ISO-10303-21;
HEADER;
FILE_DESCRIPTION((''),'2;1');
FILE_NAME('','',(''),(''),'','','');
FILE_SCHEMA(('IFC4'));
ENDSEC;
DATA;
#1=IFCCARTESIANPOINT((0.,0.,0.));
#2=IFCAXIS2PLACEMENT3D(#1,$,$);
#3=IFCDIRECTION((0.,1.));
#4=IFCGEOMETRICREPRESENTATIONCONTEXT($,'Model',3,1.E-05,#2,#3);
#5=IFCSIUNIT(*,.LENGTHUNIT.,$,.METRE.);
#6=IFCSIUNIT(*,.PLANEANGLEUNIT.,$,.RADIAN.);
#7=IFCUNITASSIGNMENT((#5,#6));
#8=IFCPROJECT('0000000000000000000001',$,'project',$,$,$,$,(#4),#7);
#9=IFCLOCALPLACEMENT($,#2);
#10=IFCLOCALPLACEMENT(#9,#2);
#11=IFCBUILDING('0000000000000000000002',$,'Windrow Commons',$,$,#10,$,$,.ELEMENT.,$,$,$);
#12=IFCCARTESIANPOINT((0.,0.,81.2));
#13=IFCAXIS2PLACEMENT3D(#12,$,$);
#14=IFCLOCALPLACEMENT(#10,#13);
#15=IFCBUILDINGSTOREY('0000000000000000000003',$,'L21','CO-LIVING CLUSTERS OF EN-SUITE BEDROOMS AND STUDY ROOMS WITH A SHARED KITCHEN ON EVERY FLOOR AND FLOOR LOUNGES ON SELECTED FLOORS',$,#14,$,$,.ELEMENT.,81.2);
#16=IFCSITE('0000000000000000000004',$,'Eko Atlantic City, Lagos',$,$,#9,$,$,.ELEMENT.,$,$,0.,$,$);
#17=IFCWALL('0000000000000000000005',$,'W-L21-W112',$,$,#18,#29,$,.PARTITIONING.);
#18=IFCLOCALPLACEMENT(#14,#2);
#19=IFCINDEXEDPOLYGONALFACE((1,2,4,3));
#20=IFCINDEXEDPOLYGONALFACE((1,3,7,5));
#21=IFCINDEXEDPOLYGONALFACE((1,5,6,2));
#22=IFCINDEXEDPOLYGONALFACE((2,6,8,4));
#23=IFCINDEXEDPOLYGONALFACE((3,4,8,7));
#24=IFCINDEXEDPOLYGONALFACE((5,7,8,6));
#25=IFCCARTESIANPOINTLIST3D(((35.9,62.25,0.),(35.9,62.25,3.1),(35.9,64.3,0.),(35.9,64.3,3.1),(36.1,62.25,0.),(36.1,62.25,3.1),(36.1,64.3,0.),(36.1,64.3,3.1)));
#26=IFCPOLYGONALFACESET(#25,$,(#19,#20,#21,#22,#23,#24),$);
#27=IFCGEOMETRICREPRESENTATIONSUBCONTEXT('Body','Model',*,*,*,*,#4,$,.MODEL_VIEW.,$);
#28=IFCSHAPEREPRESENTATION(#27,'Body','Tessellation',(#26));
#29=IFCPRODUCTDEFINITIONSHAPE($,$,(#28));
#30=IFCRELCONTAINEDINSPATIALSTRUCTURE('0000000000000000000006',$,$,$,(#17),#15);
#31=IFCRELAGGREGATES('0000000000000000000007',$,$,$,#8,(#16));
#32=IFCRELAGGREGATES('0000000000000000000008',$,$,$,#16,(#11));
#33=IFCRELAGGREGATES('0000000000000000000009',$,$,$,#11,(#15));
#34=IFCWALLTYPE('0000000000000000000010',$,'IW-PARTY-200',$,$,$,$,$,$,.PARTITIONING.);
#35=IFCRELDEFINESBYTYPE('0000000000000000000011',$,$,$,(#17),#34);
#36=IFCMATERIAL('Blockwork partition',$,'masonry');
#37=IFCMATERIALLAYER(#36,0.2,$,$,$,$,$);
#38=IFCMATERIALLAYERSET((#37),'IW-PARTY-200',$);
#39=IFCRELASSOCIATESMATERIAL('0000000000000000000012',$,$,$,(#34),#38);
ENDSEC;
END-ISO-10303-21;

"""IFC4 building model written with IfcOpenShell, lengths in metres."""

from ifc_helpers import new_model, si_unit, direction, frame, frame_2d, origin, place, context, subcontext, project, spatial, rectangle, extrude, material, layer, layer_set, type_object, element, save


model = new_model("IFC4")

# Units and contexts
model_context = context("Model", 3, precision=1e-05, world=origin(), true_north=direction((0.0, 1.0)))
body_context = subcontext(model_context, "Body", "Model", "MODEL_VIEW")
ifc_project = project(units=[si_unit("LENGTHUNIT", "METRE"), si_unit("PLANEANGLEUNIT", "RADIAN")], contexts=[model_context])

# Site, building, storey
site_placement = place(None, origin())
site = spatial("IfcSite", under=ifc_project, at=site_placement, Name="Eko Atlantic City, Lagos", CompositionType="ELEMENT", RefElevation=0.0)
building_placement = place(site_placement, origin())
building = spatial("IfcBuilding", under=site, at=building_placement, Name="Windrow Commons", CompositionType="ELEMENT")
storey_placement = place(building_placement, frame((0.0, 0.0, 81.2)))
storey = spatial("IfcBuildingStorey", under=building, at=storey_placement, Name="L21", Description="CO-LIVING CLUSTERS OF EN-SUITE BEDROOMS AND STUDY ROOMS WITH A SHARED KITCHEN ON EVERY FLOOR AND FLOOR LOUNGES ON SELECTED FLOORS", CompositionType="ELEMENT", Elevation=81.2)

# Wall
ifc_material_1 = material(Name="Blockwork partition", Category="masonry")
ifc_layer_1 = layer(ifc_material_1, 0.2)
ifc_layer_set_1 = layer_set([ifc_layer_1], Name="IW-PARTY-200")
wall_type_1 = type_object("IfcWallType", Name="IW-PARTY-200", PredefinedType="PARTITIONING", material=ifc_layer_set_1)
for number, where, z_axis, x_axis, name in (
    (1, (36.0, 62.25, 0.0), (0.0, 0.0, 1.0), (0.0, 1.0, 0.0), "W-L21-W112"),
):
    element("IfcWall", number, at=place(storey_placement, frame(where, z_axis=z_axis, x_axis=x_axis)), inside=storey, type_object=wall_type_1, Name=name, PredefinedType="PARTITIONING", context=body_context, shape_type="SweptSolid", body=[
        extrude(rectangle(XDim=2.05, YDim=0.2, at=frame_2d((1.025, 0.0))), origin(), (0.0, 0.0, 1.0), 3.1),
    ])

save(model, "model.ifc")
